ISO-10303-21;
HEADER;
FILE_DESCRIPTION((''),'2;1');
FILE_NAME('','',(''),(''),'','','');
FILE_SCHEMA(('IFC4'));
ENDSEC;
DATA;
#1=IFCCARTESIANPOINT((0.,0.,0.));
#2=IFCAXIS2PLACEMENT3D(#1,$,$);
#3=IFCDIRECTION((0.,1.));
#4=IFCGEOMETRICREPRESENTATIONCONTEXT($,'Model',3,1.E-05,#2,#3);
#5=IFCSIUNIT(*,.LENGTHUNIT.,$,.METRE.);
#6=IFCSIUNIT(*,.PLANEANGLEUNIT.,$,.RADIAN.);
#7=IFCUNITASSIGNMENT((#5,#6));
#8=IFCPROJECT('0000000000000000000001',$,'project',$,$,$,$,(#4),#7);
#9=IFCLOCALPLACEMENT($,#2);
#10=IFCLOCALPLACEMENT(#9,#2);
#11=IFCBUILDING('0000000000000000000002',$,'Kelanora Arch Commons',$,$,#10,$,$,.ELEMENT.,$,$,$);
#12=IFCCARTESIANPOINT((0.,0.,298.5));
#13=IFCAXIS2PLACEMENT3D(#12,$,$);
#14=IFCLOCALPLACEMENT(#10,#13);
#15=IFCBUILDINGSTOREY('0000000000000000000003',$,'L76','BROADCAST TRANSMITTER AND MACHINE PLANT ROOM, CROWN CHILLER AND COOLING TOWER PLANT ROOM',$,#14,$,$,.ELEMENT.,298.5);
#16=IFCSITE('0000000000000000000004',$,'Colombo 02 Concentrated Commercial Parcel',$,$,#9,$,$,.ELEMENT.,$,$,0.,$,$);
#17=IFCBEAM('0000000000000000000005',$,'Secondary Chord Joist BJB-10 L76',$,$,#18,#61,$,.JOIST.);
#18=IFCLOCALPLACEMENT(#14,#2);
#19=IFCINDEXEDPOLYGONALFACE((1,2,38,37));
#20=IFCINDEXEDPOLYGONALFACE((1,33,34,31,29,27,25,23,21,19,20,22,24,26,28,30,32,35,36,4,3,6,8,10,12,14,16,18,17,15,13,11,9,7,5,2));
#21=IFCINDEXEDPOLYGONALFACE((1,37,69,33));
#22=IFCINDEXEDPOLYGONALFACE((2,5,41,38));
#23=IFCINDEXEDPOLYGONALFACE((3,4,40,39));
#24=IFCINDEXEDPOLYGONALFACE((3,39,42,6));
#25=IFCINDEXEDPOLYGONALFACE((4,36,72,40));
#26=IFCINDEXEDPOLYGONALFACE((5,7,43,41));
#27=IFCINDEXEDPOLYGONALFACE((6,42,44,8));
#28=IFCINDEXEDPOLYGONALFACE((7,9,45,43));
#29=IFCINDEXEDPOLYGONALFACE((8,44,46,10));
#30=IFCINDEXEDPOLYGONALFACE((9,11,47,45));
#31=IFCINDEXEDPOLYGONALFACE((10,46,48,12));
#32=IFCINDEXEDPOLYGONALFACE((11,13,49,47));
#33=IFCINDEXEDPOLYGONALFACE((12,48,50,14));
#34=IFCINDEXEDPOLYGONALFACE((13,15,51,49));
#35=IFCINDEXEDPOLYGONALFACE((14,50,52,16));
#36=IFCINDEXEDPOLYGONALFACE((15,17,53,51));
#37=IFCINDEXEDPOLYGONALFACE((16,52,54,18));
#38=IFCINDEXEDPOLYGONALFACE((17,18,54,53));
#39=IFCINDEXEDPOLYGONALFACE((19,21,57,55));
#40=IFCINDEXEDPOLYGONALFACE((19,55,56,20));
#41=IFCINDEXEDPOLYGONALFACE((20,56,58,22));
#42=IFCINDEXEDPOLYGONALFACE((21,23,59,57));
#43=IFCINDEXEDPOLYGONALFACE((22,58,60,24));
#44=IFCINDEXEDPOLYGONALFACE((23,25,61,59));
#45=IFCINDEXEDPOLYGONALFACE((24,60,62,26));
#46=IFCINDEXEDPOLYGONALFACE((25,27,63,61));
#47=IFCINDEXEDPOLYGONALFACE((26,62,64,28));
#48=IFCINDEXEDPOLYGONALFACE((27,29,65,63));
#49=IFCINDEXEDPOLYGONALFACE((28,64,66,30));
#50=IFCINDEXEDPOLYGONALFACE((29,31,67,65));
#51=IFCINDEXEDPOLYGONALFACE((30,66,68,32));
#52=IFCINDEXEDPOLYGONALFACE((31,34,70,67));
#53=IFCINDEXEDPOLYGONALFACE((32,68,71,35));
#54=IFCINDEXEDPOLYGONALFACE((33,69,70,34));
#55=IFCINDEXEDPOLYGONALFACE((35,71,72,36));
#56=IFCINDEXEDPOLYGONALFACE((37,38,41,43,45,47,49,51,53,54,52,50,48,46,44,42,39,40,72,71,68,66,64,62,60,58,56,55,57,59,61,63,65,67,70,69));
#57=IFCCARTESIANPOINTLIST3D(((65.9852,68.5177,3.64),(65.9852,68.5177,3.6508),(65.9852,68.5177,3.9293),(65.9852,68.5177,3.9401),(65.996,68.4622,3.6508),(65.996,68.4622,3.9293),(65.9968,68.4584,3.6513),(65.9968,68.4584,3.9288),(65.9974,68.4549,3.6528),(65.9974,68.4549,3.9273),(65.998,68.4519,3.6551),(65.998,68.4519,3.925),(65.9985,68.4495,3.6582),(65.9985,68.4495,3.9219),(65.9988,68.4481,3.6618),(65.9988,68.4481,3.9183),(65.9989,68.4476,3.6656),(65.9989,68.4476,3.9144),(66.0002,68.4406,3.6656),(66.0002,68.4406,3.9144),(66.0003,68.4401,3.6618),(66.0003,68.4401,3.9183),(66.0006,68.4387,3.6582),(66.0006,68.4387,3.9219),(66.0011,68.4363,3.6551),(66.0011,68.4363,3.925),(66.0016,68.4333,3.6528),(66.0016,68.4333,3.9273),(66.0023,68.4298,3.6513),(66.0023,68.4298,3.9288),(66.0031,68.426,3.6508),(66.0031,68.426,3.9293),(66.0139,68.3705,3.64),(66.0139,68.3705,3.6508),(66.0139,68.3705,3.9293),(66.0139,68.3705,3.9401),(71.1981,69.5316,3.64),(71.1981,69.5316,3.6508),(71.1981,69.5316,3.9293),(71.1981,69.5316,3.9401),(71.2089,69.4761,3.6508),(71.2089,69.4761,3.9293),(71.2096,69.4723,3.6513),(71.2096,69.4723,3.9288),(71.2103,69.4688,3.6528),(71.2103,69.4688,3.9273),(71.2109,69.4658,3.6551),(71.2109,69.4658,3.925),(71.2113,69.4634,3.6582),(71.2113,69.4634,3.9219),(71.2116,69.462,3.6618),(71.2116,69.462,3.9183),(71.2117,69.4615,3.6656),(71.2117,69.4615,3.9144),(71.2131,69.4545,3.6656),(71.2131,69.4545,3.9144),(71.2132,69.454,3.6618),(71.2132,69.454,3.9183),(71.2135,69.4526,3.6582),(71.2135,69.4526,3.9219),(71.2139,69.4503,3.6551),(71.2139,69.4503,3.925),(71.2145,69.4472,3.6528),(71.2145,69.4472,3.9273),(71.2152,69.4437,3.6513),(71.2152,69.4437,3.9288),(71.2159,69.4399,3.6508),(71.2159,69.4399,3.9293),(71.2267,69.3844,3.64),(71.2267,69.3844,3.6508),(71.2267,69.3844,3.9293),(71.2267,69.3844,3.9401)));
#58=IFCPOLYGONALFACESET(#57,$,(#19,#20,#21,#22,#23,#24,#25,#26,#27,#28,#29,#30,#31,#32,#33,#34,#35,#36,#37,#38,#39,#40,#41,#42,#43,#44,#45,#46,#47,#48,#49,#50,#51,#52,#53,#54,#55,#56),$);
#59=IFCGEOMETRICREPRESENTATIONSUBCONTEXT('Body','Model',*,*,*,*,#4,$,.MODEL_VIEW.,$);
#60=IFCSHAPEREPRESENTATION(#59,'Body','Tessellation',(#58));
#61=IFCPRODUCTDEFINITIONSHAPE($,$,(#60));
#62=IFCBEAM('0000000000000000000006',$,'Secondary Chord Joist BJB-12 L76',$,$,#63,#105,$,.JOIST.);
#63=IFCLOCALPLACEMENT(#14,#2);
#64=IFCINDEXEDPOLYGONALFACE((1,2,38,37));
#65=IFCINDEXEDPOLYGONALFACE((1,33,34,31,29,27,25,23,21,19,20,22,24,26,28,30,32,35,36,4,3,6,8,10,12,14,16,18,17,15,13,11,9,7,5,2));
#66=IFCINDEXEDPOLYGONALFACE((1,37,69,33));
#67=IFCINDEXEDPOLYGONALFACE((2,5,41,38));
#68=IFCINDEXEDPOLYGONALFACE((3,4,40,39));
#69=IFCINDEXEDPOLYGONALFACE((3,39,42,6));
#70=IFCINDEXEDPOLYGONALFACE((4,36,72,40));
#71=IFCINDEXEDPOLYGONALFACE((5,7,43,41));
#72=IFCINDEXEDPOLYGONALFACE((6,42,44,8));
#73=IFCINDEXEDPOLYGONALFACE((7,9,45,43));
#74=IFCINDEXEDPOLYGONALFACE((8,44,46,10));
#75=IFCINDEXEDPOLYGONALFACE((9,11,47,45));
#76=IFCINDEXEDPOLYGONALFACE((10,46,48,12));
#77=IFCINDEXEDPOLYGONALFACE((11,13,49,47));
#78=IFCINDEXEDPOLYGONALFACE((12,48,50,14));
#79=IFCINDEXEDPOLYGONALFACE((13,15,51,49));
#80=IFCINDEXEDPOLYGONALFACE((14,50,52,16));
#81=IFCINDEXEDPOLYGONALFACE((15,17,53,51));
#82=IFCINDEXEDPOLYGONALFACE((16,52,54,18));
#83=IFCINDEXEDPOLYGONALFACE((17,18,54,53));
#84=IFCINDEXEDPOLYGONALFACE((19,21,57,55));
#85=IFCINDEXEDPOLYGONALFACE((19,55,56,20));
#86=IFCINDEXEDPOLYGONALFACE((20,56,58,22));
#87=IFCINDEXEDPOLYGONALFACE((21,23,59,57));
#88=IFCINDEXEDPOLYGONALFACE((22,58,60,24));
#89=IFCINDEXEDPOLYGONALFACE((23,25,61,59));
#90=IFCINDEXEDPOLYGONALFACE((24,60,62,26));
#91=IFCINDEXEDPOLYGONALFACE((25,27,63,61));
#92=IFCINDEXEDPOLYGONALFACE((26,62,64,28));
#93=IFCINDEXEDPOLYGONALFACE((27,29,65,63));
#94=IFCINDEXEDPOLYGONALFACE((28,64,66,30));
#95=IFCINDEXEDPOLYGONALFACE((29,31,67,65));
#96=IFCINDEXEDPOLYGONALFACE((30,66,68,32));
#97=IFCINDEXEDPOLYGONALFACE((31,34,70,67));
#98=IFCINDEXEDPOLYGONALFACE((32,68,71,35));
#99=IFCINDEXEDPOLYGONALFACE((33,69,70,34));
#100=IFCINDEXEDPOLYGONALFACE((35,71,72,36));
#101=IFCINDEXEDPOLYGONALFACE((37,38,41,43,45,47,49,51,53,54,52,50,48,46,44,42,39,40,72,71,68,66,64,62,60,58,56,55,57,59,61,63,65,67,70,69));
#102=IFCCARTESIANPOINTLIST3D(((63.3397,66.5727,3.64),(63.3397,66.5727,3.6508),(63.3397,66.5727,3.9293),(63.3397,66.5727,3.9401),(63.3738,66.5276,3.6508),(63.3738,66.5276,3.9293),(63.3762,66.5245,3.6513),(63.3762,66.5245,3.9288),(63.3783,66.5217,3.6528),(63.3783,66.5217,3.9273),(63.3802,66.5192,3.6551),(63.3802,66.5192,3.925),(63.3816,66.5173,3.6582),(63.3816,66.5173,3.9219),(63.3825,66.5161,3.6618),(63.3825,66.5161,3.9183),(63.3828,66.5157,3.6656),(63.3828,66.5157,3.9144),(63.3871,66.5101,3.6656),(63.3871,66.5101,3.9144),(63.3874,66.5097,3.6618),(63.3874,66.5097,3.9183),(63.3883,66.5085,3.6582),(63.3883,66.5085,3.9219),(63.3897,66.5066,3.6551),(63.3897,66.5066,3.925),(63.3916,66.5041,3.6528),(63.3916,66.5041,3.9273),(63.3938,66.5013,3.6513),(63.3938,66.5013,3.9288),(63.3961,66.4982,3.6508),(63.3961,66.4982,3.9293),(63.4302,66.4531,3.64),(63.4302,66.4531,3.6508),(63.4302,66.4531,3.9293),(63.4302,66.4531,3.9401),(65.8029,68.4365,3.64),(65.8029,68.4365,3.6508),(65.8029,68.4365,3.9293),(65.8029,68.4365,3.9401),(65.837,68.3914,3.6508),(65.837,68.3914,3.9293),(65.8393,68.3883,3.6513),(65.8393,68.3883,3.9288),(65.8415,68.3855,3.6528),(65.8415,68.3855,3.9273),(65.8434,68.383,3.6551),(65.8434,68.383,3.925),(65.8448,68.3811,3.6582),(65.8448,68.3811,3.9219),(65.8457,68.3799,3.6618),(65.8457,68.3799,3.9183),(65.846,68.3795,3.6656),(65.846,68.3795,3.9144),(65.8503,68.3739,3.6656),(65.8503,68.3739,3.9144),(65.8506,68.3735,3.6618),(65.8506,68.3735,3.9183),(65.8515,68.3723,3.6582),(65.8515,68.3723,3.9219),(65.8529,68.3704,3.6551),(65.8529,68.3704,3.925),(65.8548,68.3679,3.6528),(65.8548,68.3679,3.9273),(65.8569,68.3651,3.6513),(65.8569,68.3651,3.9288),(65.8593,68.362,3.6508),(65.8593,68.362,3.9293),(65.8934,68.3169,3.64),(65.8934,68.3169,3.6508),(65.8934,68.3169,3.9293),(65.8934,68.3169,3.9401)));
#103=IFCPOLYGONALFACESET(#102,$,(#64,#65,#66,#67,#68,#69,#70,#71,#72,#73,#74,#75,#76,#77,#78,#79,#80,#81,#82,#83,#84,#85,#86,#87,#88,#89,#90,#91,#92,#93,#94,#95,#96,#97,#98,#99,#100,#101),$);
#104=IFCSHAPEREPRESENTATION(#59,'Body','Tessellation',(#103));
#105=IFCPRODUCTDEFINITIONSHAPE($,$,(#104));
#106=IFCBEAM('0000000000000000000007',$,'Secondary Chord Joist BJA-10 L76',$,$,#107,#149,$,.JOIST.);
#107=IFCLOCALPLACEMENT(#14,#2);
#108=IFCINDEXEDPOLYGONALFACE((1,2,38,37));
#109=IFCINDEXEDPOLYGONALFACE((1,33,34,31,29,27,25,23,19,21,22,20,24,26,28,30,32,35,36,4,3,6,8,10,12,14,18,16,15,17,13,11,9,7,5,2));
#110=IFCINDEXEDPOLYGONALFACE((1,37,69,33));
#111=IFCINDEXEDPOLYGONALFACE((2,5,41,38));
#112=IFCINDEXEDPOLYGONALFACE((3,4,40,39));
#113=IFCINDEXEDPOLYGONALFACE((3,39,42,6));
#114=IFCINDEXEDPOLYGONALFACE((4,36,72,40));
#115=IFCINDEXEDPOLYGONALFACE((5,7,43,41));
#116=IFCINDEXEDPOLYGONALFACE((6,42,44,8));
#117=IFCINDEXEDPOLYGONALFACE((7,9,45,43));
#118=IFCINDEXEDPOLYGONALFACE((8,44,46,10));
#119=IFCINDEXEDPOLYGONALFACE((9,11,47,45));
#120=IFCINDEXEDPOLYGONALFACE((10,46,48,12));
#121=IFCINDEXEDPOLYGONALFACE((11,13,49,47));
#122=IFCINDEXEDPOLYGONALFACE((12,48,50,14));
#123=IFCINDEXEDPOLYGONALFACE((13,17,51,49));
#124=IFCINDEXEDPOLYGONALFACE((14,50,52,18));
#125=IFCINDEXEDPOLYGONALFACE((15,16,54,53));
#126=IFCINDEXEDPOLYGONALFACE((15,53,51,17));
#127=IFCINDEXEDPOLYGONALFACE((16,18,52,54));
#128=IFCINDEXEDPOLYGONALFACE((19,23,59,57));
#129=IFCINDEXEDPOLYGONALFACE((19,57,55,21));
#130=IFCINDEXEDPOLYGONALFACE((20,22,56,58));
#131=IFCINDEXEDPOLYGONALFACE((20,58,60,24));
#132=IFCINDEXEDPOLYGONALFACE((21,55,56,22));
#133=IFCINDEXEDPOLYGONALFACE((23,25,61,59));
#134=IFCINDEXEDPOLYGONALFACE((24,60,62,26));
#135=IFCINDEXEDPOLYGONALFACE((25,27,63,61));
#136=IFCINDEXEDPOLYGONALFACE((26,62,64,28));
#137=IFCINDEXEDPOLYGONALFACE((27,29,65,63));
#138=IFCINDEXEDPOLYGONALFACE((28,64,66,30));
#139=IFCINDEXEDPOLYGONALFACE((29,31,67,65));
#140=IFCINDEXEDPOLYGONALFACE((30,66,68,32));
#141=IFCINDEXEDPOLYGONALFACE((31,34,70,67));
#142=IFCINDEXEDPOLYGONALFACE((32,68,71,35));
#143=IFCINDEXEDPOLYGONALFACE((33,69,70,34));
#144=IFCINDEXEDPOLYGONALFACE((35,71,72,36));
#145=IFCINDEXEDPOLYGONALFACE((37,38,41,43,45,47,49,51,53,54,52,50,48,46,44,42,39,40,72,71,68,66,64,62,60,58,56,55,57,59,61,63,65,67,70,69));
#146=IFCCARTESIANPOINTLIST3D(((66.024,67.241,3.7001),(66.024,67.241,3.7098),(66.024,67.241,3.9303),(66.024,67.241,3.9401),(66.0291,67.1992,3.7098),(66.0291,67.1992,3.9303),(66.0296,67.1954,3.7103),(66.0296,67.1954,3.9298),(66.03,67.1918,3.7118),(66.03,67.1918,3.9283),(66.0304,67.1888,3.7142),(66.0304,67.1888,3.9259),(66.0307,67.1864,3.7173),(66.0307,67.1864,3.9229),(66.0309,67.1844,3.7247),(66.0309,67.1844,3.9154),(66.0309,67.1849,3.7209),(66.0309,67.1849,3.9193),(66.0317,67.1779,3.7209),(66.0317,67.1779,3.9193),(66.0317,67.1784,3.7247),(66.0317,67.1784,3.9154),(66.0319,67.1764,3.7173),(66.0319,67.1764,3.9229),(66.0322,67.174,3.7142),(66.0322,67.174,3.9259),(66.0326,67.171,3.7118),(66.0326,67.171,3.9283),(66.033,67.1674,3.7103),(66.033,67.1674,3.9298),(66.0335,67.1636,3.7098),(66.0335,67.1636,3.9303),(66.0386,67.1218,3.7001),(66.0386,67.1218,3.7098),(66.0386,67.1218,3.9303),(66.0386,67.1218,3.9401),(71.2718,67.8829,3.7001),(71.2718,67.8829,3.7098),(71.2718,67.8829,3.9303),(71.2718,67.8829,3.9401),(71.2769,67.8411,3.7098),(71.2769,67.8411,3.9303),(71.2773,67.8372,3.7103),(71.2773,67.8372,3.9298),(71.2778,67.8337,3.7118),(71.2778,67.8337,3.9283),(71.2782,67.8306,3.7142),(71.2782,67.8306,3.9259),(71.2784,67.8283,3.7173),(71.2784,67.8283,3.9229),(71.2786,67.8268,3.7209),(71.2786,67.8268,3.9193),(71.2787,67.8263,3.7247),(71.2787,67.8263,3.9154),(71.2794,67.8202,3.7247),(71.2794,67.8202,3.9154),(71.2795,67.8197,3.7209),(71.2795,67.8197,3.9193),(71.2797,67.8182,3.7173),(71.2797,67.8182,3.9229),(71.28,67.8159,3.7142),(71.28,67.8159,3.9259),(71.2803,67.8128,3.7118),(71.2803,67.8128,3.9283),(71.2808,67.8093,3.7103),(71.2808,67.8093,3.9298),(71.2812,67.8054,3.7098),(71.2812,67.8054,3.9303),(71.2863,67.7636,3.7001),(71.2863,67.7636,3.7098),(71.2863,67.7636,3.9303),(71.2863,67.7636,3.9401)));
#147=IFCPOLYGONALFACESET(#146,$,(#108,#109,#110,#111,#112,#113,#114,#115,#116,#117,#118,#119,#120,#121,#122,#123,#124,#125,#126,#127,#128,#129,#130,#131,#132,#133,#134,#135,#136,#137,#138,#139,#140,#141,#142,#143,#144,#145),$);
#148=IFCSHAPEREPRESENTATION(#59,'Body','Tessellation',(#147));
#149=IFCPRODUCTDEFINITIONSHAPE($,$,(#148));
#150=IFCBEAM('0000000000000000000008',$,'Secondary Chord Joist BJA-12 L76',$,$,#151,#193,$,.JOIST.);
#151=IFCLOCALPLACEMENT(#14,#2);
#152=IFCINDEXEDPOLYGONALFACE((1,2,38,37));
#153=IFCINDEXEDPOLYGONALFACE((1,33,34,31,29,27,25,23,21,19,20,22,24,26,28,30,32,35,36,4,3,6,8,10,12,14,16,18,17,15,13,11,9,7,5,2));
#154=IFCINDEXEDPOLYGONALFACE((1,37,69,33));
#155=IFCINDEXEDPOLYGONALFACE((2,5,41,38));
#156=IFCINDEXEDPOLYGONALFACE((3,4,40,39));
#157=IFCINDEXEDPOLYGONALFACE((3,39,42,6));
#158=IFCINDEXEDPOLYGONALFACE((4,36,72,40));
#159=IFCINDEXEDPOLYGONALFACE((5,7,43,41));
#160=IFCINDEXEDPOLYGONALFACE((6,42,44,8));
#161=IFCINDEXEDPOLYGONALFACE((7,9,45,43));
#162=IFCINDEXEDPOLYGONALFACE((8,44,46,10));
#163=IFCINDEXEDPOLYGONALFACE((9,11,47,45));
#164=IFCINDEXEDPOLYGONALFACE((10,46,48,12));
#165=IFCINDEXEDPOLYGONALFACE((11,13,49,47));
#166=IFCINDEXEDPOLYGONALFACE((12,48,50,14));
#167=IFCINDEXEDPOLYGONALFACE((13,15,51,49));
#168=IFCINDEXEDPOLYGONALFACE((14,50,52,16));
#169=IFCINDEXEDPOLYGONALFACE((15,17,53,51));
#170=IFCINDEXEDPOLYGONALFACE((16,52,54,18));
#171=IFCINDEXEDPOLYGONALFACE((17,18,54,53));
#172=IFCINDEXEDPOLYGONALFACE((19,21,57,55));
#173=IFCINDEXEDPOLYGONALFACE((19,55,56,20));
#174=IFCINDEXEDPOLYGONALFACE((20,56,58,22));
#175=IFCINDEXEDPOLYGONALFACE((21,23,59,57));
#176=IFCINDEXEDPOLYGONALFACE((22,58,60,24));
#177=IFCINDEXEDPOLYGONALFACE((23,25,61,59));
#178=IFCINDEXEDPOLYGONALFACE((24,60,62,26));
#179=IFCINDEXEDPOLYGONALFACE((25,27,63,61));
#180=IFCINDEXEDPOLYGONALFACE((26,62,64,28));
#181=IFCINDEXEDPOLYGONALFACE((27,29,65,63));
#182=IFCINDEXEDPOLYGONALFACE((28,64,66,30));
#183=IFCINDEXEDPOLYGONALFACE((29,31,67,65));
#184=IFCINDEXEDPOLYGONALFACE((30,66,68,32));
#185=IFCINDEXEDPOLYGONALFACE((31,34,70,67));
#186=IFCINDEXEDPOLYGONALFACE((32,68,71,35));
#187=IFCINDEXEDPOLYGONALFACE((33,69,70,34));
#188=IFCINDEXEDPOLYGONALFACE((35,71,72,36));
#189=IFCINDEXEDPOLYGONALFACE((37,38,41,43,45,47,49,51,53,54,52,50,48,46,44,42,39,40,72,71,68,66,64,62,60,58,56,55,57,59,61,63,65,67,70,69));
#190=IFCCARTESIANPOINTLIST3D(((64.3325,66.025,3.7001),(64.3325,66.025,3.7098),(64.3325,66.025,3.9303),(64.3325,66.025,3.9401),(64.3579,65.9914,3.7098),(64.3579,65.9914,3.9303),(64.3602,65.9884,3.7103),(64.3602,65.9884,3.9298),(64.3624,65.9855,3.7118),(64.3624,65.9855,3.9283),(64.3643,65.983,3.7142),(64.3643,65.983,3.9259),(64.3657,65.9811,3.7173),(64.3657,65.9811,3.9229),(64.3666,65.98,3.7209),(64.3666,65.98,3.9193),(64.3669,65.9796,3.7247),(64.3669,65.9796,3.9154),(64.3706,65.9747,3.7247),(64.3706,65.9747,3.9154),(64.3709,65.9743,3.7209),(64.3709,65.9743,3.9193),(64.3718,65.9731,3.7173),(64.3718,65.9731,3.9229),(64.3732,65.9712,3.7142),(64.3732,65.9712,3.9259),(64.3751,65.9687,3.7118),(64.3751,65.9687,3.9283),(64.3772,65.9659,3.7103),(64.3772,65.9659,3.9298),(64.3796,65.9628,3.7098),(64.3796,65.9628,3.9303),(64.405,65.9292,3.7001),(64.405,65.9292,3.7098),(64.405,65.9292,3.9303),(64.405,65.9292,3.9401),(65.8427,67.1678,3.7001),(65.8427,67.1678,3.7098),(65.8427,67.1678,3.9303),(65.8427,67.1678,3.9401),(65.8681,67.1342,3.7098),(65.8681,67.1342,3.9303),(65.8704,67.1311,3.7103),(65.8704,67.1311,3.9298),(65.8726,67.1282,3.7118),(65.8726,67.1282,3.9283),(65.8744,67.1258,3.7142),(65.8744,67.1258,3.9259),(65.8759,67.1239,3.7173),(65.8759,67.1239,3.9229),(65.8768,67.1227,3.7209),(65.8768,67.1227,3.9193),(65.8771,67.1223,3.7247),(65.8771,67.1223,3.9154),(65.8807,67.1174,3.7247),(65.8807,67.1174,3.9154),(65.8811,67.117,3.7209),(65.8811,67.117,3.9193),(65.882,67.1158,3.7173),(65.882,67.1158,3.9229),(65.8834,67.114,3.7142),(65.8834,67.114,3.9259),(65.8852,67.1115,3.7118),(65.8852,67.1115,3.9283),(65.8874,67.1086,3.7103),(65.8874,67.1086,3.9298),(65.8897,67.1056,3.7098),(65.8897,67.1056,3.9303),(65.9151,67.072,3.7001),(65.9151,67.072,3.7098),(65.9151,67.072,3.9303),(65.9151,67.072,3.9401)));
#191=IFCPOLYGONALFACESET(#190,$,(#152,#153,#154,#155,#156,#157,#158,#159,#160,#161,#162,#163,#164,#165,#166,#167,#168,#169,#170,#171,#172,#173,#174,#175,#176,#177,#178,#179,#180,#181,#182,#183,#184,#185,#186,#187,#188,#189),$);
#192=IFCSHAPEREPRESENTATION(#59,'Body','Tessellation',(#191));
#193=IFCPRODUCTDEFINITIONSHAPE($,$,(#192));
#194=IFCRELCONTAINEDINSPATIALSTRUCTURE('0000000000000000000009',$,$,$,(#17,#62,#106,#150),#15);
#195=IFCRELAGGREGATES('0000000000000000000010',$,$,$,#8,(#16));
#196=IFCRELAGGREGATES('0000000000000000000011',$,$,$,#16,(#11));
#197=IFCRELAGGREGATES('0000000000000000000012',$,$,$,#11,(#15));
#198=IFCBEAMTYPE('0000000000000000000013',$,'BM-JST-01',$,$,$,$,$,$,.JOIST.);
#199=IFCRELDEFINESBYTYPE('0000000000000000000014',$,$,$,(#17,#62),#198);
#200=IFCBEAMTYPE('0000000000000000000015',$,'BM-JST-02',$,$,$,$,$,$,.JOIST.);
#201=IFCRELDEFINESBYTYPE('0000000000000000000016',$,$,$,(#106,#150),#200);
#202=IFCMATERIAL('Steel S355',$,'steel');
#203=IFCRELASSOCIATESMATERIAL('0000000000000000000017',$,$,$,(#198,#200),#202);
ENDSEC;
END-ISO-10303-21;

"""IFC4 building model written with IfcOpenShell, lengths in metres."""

from ifc_helpers import new_model, si_unit, direction, frame, origin, origin_2d, place, context, subcontext, project, spatial, i_section, extrude, material, material_profile, profile_set, type_object, element, save


model = new_model("IFC4")

# Units and contexts
model_context = context("Model", 3, precision=1e-05, world=origin(), true_north=direction((0.0, 1.0)))
body_context = subcontext(model_context, "Body", "Model", "MODEL_VIEW")
ifc_project = project(units=[si_unit("LENGTHUNIT", "METRE"), si_unit("PLANEANGLEUNIT", "RADIAN")], contexts=[model_context])

# Site, building, storey
site_placement = place(None, origin())
site = spatial("IfcSite", under=ifc_project, at=site_placement, Name="Colombo 02 Concentrated Commercial Parcel", CompositionType="ELEMENT", RefElevation=0.0)
building_placement = place(site_placement, origin())
building = spatial("IfcBuilding", under=site, at=building_placement, Name="Kelanora Arch Commons", CompositionType="ELEMENT")
storey_placement = place(building_placement, frame((0.0, 0.0, 298.5)))
storey = spatial("IfcBuildingStorey", under=building, at=storey_placement, Name="L76", Description="BROADCAST TRANSMITTER AND MACHINE PLANT ROOM, CROWN CHILLER AND COOLING TOWER PLANT ROOM", CompositionType="ELEMENT", Elevation=298.5)

# Beams
ifc_material_1 = material(Name="Steel S355", Category="steel")
ifc_material_profile_1 = material_profile(ifc_material_1, i_section(OverallWidth=0.1499, OverallDepth=0.3, WebThickness=0.0071, FlangeThickness=0.0107, FilletRadius=0.0149, at=origin_2d()), Name="IPE300")
ifc_profile_set_1 = profile_set([ifc_material_profile_1], Name="Steel S355")
beam_type_1 = type_object("IfcBeamType", Name="BM-JST-01", PredefinedType="JOIST", material=ifc_profile_set_1)
beam_1_placement = place(storey_placement, frame((71.2124, 69.458, 3.79), z_axis=(-0.981605, -0.190924, 0.0), x_axis=(0.190924, -0.981605, 0.0)))
element("IfcBeam", 1, at=beam_1_placement, inside=storey, type_object=beam_type_1, Name="Secondary Chord Joist BJB-10 L76", PredefinedType="JOIST", context=body_context, shape_type="SweptSolid", body=[
    extrude(i_section(OverallWidth=0.1499, OverallDepth=0.3, WebThickness=0.0071, FlangeThickness=0.0107, FilletRadius=0.0149, at=origin_2d()), origin(), (0.0, 0.0, 1.0), 5.3105),
])
beam_2_placement = place(storey_placement, frame((65.8481, 68.3767, 3.79), z_axis=(-0.797441, -0.603396, 0.0), x_axis=(0.603396, -0.797441, 0.0)))
element("IfcBeam", 2, at=beam_2_placement, inside=storey, type_object=beam_type_1, Name="Secondary Chord Joist BJB-12 L76", PredefinedType="JOIST", context=body_context, shape_type="SweptSolid", body=[
    extrude(i_section(OverallWidth=0.1499, OverallDepth=0.3, WebThickness=0.0071, FlangeThickness=0.0107, FilletRadius=0.0149, at=origin_2d()), origin(), (0.0, 0.0, 1.0), 3.0889),
])
ifc_material_profile_2 = material_profile(ifc_material_1, i_section(OverallWidth=0.1201, OverallDepth=0.24, WebThickness=0.0061, FlangeThickness=0.0098, FilletRadius=0.0149, at=origin_2d()), Name="IPE240")
ifc_profile_set_2 = profile_set([ifc_material_profile_2], Name="Steel S355")
beam_type_2 = type_object("IfcBeamType", Name="BM-JST-02", PredefinedType="JOIST", material=ifc_profile_set_2)
beam_3_placement = place(storey_placement, frame((71.2791, 67.8232, 3.8201), z_axis=(-0.992603, -0.121403, 0.0), x_axis=(0.121403, -0.992603, 0.0)))
element("IfcBeam", 3, at=beam_3_placement, inside=storey, type_object=beam_type_2, Name="Secondary Chord Joist BJA-10 L76", PredefinedType="JOIST", context=body_context, shape_type="SweptSolid", body=[
    extrude(i_section(OverallWidth=0.1201, OverallDepth=0.24, WebThickness=0.0061, FlangeThickness=0.0098, FilletRadius=0.0149, at=origin_2d()), origin(), (0.0, 0.0, 1.0), 5.2869),
])
beam_4_placement = place(storey_placement, frame((65.8789, 67.1199, 3.8201), z_axis=(-0.797425, -0.603418, 0.0), x_axis=(0.603418, -0.797425, 0.0)))
element("IfcBeam", 4, at=beam_4_placement, inside=storey, type_object=beam_type_2, Name="Secondary Chord Joist BJA-12 L76", PredefinedType="JOIST", context=body_context, shape_type="SweptSolid", body=[
    extrude(i_section(OverallWidth=0.1201, OverallDepth=0.24, WebThickness=0.0061, FlangeThickness=0.0098, FilletRadius=0.0149, at=origin_2d()), origin(), (0.0, 0.0, 1.0), 1.8938),
])

save(model, "model.ifc")
